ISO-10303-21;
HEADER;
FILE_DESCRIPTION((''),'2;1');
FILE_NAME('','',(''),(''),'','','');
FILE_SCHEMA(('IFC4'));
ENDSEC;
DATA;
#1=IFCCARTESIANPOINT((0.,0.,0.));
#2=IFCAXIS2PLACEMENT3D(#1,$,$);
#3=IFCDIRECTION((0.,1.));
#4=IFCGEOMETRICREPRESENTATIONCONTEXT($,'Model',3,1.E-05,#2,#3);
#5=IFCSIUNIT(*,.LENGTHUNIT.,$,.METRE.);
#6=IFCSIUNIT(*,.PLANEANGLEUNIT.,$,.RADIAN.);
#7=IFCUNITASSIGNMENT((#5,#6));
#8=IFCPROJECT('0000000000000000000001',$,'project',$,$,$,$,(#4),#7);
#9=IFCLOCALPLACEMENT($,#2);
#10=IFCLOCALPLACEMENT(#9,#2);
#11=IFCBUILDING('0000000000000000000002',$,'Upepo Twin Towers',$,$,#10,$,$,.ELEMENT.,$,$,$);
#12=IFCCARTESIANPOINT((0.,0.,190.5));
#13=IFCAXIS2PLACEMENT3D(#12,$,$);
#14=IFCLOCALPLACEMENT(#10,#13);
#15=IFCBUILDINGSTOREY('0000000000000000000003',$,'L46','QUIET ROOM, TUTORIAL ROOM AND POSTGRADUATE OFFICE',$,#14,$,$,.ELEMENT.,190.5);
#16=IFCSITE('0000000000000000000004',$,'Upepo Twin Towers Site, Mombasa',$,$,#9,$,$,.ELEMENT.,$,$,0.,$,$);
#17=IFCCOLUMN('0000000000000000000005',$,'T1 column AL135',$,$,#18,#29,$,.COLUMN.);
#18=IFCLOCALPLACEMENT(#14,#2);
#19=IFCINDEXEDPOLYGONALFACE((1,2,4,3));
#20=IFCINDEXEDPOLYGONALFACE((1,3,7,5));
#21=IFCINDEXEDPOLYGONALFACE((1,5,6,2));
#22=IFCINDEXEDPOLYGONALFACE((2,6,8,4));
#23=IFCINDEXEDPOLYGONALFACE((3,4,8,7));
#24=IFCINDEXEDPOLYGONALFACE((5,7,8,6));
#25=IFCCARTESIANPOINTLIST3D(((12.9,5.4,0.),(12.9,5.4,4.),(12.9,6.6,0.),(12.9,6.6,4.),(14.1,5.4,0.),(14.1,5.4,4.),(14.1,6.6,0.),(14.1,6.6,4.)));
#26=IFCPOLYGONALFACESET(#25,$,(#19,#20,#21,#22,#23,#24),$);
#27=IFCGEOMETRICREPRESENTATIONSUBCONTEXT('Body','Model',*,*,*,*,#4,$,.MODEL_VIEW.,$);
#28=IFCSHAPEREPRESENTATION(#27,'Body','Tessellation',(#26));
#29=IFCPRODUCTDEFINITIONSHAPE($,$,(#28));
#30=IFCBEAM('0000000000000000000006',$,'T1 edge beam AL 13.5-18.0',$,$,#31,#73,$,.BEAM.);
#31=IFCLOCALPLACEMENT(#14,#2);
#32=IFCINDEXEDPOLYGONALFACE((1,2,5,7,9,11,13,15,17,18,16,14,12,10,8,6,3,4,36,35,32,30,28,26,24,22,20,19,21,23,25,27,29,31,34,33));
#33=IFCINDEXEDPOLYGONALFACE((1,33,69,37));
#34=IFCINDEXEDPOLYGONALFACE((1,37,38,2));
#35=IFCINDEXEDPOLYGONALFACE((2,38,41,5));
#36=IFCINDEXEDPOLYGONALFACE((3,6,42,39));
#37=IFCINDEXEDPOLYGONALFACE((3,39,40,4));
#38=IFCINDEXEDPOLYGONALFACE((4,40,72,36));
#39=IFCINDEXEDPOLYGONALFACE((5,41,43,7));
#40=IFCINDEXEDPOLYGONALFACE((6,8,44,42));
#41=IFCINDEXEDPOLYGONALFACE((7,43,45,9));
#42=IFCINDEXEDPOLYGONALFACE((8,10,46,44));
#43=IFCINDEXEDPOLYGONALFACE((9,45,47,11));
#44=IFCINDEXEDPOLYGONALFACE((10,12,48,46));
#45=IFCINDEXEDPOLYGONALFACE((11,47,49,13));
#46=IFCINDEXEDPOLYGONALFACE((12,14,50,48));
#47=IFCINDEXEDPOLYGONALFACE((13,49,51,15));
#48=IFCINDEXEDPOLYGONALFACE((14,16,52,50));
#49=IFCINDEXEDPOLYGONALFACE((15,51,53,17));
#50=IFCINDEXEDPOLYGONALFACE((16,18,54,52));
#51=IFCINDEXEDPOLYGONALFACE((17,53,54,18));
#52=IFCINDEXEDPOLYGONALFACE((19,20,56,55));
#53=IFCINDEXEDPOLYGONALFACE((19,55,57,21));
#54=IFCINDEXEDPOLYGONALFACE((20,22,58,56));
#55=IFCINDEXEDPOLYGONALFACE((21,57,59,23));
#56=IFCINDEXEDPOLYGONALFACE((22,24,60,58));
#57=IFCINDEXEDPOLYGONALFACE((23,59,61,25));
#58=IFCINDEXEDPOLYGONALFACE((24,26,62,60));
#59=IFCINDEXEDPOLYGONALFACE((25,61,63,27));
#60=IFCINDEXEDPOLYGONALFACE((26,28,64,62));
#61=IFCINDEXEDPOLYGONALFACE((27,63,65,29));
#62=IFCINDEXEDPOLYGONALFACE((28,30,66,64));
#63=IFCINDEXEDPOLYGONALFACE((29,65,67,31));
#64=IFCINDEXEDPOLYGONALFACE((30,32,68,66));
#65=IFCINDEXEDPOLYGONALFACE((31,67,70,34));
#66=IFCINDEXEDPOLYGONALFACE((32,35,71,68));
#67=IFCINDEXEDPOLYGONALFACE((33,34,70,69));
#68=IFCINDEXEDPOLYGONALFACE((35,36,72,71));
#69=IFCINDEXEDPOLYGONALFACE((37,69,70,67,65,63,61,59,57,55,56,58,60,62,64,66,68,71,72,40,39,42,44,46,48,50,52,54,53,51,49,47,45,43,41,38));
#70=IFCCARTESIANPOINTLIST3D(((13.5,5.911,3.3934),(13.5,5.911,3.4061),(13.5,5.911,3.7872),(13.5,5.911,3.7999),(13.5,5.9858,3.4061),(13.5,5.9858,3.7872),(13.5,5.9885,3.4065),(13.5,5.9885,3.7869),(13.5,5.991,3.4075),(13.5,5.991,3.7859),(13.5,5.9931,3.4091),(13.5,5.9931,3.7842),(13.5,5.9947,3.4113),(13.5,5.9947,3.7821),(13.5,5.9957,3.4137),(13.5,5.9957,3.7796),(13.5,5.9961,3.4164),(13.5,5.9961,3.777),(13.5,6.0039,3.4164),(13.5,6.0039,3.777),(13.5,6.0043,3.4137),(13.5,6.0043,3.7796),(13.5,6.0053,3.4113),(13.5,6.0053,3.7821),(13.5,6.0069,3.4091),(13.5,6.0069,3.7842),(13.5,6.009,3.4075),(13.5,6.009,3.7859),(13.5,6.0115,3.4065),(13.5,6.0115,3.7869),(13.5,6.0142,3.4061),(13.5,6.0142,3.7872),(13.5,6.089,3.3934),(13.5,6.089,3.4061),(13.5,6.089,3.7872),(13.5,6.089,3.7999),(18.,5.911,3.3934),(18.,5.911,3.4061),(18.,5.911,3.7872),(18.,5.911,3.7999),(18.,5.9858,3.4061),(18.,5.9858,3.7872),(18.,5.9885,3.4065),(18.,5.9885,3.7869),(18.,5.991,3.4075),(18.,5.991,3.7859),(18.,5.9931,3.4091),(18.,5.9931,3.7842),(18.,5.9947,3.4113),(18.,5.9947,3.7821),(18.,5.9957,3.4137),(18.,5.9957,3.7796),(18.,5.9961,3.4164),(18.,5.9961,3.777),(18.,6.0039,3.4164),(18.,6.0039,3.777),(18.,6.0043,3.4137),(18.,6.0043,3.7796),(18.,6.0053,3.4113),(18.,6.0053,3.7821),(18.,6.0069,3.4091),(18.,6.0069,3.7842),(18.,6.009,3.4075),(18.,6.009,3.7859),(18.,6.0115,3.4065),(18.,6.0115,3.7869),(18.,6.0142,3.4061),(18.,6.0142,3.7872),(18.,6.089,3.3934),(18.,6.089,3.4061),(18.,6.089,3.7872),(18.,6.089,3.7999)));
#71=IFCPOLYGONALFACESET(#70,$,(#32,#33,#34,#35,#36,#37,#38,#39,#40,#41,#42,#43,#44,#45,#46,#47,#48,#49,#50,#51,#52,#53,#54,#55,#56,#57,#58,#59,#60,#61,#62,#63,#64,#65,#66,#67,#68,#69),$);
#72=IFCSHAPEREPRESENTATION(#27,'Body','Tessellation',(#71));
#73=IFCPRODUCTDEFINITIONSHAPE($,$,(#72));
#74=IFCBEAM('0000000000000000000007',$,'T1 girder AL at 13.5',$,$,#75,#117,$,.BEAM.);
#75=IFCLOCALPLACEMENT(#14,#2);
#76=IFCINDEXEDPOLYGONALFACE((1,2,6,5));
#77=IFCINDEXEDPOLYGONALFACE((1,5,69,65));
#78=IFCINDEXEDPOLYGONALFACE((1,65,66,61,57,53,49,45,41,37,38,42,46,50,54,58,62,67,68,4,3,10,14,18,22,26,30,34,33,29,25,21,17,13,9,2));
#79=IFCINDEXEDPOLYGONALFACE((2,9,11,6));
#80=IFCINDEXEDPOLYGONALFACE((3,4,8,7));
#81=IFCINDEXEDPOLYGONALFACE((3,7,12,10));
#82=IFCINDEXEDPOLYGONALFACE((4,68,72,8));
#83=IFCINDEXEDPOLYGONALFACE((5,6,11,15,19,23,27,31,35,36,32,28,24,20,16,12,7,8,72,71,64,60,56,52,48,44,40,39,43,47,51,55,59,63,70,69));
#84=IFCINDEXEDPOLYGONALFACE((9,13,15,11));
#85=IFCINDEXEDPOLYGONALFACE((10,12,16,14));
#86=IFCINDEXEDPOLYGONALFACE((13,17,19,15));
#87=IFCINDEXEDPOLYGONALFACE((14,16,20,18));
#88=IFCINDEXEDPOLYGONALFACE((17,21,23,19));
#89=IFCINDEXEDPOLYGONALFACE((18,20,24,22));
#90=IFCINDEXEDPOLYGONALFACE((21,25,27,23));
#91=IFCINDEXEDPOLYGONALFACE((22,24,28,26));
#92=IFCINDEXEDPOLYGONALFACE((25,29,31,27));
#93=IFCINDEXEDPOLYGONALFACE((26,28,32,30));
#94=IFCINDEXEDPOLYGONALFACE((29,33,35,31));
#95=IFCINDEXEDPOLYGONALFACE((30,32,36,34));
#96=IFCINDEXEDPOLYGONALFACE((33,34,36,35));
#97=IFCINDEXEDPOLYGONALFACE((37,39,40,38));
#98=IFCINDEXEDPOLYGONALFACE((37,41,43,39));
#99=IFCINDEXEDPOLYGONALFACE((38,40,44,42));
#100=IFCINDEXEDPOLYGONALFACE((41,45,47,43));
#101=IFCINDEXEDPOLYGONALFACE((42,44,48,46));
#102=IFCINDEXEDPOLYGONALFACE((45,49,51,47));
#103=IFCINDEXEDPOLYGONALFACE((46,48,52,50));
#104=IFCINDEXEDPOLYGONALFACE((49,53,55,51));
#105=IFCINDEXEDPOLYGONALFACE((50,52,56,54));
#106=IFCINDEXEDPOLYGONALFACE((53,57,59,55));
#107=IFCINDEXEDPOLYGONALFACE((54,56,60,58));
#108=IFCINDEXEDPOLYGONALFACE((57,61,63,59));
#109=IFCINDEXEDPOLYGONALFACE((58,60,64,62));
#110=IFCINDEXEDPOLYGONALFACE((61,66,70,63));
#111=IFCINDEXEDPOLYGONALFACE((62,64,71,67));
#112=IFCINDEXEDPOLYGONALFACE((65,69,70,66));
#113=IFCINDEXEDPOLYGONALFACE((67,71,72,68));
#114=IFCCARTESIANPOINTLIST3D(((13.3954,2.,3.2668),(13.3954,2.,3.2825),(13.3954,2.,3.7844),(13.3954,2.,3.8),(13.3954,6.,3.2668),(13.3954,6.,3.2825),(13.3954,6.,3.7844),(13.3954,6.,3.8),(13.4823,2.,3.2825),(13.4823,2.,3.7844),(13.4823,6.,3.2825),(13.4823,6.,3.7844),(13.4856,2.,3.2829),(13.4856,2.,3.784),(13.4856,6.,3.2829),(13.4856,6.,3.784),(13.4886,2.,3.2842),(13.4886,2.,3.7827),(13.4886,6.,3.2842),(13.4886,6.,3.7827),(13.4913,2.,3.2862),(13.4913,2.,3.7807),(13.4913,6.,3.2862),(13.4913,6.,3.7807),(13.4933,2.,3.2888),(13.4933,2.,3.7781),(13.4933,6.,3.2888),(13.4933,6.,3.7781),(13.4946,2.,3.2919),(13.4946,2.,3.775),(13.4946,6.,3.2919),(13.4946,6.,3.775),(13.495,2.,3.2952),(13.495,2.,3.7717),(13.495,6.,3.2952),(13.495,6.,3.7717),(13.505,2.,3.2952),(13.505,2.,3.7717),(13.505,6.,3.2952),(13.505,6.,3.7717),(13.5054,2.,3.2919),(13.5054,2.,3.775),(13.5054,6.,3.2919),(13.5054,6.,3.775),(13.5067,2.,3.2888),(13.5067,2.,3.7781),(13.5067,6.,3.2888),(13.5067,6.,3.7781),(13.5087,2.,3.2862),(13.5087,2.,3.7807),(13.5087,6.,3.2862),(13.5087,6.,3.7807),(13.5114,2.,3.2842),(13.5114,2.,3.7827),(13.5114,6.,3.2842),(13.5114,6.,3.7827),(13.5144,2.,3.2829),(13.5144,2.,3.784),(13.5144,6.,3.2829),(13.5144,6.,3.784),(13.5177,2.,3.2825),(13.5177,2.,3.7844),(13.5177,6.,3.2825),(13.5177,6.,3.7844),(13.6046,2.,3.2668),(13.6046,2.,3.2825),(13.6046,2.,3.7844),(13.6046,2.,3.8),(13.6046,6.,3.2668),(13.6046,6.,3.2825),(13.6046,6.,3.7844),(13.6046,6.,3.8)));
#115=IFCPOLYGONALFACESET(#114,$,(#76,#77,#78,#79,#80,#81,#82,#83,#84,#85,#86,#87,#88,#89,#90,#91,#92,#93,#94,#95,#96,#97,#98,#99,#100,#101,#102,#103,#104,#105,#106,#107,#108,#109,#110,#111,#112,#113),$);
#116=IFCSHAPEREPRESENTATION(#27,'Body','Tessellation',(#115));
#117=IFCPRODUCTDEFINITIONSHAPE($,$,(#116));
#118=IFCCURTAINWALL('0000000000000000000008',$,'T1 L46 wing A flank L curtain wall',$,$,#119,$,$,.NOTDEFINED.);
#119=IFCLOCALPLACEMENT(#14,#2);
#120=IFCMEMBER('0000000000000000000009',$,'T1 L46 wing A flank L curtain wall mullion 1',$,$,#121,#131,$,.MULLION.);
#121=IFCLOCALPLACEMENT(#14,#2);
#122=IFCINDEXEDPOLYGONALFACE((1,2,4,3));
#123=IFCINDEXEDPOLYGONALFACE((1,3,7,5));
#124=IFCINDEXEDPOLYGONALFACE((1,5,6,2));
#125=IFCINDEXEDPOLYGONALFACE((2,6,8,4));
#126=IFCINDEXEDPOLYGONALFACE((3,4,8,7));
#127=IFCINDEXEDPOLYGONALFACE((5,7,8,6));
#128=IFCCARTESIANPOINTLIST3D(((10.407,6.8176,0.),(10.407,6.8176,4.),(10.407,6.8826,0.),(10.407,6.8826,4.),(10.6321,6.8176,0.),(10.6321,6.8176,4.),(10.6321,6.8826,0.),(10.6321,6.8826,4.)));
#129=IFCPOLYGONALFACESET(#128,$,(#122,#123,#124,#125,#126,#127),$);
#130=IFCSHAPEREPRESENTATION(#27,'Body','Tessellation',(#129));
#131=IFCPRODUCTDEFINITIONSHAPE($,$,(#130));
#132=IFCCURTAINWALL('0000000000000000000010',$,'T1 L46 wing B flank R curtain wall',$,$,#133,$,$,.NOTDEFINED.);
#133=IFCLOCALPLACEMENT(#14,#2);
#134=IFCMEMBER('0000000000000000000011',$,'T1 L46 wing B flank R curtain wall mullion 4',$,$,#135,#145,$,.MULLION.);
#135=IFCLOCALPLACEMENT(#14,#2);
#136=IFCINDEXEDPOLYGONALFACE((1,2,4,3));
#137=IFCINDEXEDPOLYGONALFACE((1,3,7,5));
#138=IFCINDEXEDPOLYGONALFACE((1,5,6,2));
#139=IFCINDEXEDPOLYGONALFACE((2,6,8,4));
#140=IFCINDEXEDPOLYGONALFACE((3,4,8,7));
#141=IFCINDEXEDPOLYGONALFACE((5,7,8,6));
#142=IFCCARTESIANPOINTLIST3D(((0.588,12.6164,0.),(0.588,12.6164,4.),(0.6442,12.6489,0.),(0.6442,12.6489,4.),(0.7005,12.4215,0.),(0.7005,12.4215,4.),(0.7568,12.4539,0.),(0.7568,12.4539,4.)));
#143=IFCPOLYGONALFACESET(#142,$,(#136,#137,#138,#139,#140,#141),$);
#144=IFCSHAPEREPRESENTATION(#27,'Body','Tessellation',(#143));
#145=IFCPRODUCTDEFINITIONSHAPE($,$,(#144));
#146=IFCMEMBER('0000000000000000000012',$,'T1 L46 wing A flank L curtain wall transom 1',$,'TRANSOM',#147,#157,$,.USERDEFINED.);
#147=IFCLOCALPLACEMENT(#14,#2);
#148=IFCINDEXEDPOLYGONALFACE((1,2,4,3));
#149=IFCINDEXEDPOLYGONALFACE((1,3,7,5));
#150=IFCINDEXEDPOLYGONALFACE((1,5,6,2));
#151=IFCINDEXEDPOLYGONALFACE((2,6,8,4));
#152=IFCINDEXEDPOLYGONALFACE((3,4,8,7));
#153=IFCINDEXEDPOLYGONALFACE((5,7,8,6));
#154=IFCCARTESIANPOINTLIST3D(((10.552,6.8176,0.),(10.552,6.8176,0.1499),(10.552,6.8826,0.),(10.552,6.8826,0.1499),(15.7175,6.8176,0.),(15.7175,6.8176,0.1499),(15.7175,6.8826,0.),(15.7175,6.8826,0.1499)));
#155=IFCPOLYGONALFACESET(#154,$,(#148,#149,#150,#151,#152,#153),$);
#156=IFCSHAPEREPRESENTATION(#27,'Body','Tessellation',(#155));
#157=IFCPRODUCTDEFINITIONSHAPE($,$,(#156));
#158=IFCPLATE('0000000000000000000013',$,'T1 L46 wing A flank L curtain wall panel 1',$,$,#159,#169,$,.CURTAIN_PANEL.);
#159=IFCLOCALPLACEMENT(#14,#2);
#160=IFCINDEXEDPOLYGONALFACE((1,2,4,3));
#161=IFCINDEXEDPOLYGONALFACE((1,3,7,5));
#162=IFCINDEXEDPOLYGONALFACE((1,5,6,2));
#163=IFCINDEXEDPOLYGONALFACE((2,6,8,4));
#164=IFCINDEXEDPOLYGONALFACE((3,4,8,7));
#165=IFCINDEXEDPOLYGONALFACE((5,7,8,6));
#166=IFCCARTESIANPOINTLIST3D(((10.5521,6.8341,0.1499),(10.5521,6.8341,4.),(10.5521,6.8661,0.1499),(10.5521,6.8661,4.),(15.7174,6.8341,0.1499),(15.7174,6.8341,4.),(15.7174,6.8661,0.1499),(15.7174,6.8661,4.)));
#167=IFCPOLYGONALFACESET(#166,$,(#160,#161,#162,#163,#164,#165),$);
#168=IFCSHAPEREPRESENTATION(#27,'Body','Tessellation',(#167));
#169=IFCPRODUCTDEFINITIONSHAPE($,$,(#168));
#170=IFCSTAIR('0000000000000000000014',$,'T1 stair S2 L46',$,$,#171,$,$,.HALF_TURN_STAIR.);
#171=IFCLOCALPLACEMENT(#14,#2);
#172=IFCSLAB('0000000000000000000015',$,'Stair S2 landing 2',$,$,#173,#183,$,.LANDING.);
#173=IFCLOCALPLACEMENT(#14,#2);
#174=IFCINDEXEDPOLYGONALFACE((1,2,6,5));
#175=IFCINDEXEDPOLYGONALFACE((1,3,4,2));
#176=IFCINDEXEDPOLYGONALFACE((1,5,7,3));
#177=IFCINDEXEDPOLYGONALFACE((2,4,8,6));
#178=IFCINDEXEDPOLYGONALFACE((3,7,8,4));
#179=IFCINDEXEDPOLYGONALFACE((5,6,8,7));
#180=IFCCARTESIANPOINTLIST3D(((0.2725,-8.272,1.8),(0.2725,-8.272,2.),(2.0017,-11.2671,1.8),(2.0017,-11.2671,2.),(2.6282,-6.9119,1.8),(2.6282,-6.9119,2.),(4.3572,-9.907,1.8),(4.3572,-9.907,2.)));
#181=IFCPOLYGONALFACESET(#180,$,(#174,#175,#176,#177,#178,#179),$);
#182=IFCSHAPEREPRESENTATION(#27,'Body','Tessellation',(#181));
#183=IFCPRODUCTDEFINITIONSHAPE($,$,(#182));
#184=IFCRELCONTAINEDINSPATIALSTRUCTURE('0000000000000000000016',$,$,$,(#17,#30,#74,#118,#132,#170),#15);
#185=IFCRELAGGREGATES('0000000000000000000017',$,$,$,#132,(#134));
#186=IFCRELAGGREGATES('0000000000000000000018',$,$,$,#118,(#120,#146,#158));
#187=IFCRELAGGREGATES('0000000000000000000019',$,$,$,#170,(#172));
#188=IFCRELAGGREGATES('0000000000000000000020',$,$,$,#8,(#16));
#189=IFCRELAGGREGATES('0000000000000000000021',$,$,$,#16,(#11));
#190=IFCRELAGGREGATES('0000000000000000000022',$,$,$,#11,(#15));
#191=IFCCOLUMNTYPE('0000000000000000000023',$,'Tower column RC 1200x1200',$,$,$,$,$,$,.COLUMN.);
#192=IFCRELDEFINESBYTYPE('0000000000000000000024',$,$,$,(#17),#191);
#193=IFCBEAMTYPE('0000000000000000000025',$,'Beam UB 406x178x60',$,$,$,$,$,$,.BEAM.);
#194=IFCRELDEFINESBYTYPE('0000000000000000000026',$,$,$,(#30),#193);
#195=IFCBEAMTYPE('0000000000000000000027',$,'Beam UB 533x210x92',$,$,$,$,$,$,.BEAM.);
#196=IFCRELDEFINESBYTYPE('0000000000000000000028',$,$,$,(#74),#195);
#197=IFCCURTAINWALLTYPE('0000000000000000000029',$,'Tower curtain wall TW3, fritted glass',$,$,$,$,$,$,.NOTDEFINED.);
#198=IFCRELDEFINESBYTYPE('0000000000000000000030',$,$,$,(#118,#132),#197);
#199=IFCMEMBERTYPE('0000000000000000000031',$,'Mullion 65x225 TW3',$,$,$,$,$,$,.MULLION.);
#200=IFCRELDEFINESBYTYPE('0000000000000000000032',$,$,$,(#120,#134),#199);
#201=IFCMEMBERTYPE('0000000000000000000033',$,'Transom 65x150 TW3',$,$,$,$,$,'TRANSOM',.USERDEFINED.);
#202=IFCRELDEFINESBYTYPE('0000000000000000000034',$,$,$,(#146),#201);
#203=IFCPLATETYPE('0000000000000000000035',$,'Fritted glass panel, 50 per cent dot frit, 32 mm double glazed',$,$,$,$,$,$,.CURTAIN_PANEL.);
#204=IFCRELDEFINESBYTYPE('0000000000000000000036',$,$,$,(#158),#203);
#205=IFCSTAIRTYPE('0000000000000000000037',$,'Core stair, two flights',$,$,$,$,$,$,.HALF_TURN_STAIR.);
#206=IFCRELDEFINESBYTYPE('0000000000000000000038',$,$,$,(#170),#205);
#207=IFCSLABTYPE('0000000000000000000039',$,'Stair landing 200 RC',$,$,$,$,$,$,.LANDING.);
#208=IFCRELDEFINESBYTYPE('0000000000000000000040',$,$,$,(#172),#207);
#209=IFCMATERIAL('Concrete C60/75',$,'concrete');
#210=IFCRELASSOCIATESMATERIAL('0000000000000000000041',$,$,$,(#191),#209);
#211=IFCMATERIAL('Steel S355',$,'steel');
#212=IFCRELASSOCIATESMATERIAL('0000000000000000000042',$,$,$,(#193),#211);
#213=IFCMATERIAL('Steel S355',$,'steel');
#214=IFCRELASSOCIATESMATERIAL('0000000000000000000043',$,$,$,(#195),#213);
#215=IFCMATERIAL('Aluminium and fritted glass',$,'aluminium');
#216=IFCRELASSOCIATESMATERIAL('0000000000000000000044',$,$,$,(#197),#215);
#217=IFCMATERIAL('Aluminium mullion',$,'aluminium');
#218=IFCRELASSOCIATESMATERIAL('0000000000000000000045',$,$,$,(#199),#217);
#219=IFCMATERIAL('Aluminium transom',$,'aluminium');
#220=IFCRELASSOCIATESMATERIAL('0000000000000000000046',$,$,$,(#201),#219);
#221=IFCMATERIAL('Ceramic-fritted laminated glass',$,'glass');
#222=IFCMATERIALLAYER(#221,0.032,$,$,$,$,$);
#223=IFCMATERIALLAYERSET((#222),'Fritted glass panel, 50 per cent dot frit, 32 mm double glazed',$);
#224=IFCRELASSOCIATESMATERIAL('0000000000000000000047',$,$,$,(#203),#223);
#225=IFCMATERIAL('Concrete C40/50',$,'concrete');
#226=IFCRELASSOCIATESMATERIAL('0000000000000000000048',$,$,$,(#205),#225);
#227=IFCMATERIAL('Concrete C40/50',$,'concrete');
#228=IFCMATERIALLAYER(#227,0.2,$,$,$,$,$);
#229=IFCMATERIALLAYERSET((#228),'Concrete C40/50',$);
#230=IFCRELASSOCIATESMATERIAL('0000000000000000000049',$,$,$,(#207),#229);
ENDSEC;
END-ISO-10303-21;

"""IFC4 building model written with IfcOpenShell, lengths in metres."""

from ifc_helpers import new_model, si_unit, direction, frame, origin, origin_2d, place, context, subcontext, project, spatial, polyline, rectangle, i_section, outline, extrude, material, layer, layer_set, material_profile, profile_set, type_object, element, aggregate, save


model = new_model("IFC4")

# Units and contexts
model_context = context("Model", 3, precision=1e-05, world=origin(), true_north=direction((0.0, 1.0)))
body_context = subcontext(model_context, "Body", "Model", "MODEL_VIEW")
ifc_project = project(units=[si_unit("LENGTHUNIT", "METRE"), si_unit("PLANEANGLEUNIT", "RADIAN")], contexts=[model_context])

# Site, building, storey
site_placement = place(None, origin())
site = spatial("IfcSite", under=ifc_project, at=site_placement, Name="Upepo Twin Towers Site, Mombasa", CompositionType="ELEMENT", RefElevation=0.0)
building_placement = place(site_placement, origin())
building = spatial("IfcBuilding", under=site, at=building_placement, Name="Upepo Twin Towers", CompositionType="ELEMENT")
storey_placement = place(building_placement, frame((0.0, 0.0, 190.5)))
storey = spatial("IfcBuildingStorey", under=building, at=storey_placement, Name="L46", Description="QUIET ROOM, TUTORIAL ROOM AND POSTGRADUATE OFFICE", CompositionType="ELEMENT", Elevation=190.5)

# Column
ifc_material_1 = material(Name="Concrete C60/75", Category="concrete")
ifc_material_profile_1 = material_profile(ifc_material_1, rectangle(XDim=1.2, YDim=1.2, at=origin_2d()), Name="RC 1200x1200")
ifc_profile_set_1 = profile_set([ifc_material_profile_1], Name="Concrete C60/75")
column_type = type_object("IfcColumnType", Name="Tower column RC 1200x1200", PredefinedType="COLUMN", material=ifc_profile_set_1)
column_placement = place(storey_placement, frame((13.5, 6.0, 0.0), z_axis=(0.0, 0.0, 1.0), x_axis=(1.0, 0.0, 0.0)))
element("IfcColumn", 1, at=column_placement, inside=storey, type_object=column_type, Name="T1 column AL135", PredefinedType="COLUMN", context=body_context, shape_type="SweptSolid", body=[
    extrude(rectangle(XDim=1.2, YDim=1.2, at=origin_2d()), origin(), (0.0, 0.0, 1.0), 4.0),
])

# Beams
ifc_material_2 = material(Name="Steel S355", Category="steel")
ifc_material_profile_2 = material_profile(ifc_material_2, i_section(OverallWidth=0.178, OverallDepth=0.4065, WebThickness=0.0078, FlangeThickness=0.0127, FilletRadius=0.0103, at=origin_2d()), Name="UB 406x178x60")
ifc_profile_set_2 = profile_set([ifc_material_profile_2], Name="Steel S355")
beam_type_1 = type_object("IfcBeamType", Name="Beam UB 406x178x60", PredefinedType="BEAM", material=ifc_profile_set_2)
beam_1_placement = place(storey_placement, frame((13.5, 6.0, 3.5967), z_axis=(1.0, 0.0, 0.0), x_axis=(0.0, 1.0, 0.0)))
element("IfcBeam", 2, at=beam_1_placement, inside=storey, type_object=beam_type_1, Name="T1 edge beam AL 13.5-18.0", PredefinedType="BEAM", context=body_context, shape_type="SweptSolid", body=[
    extrude(i_section(OverallWidth=0.178, OverallDepth=0.4065, WebThickness=0.0078, FlangeThickness=0.0127, FilletRadius=0.0103, at=origin_2d()), origin(), (0.0, 0.0, 1.0), 4.5),
])
ifc_material_3 = material(Name="Steel S355", Category="steel")
ifc_material_profile_3 = material_profile(ifc_material_3, i_section(OverallWidth=0.2092, OverallDepth=0.5332, WebThickness=0.01, FlangeThickness=0.0156, FilletRadius=0.0127, at=origin_2d()), Name="UB 533x210x92")
ifc_profile_set_3 = profile_set([ifc_material_profile_3], Name="Steel S355")
beam_type_2 = type_object("IfcBeamType", Name="Beam UB 533x210x92", PredefinedType="BEAM", material=ifc_profile_set_3)
beam_2_placement = place(storey_placement, frame((13.5, 6.0, 3.5334), z_axis=(0.0, -1.0, 0.0), x_axis=(1.0, 0.0, 0.0)))
element("IfcBeam", 3, at=beam_2_placement, inside=storey, type_object=beam_type_2, Name="T1 girder AL at 13.5", PredefinedType="BEAM", context=body_context, shape_type="SweptSolid", body=[
    extrude(i_section(OverallWidth=0.2092, OverallDepth=0.5332, WebThickness=0.01, FlangeThickness=0.0156, FilletRadius=0.0127, at=origin_2d()), origin(), (0.0, 0.0, 1.0), 4.0),
])

# Curtain walls, members
ifc_material_4 = material(Name="Aluminium and fritted glass", Category="aluminium")
curtain_wall_type = type_object("IfcCurtainWallType", Name="Tower curtain wall TW3, fritted glass", PredefinedType="NOTDEFINED", material=ifc_material_4)
curtain_wall_1_placement = place(storey_placement, origin())
curtain_wall_1 = element("IfcCurtainWall", 4, at=curtain_wall_1_placement, inside=storey, type_object=curtain_wall_type, Name="T1 L46 wing A flank L curtain wall", PredefinedType="NOTDEFINED")
ifc_material_5 = material(Name="Aluminium mullion", Category="aluminium")
ifc_material_profile_4 = material_profile(ifc_material_5, rectangle(XDim=0.0649, YDim=0.2251, at=origin_2d()), Name="MULLION 65x225")
ifc_profile_set_4 = profile_set([ifc_material_profile_4], Name="Aluminium mullion")
member_type_1 = type_object("IfcMemberType", Name="Mullion 65x225 TW3", PredefinedType="MULLION", material=ifc_profile_set_4)
member_1_placement = place(storey_placement, frame((10.5195, 6.8501, 0.0), z_axis=(0.0, 0.0, 1.0), x_axis=(0.0, 1.0, 0.0)))
member_1 = element("IfcMember", 5, at=member_1_placement, type_object=member_type_1, Name="T1 L46 wing A flank L curtain wall mullion 1", PredefinedType="MULLION", context=body_context, shape_type="SweptSolid", body=[
    extrude(rectangle(XDim=0.0649, YDim=0.2251, at=origin_2d()), origin(), (0.0, 0.0, 1.0), 4.0),
])
curtain_wall_2_placement = place(storey_placement, origin())
curtain_wall_2 = element("IfcCurtainWall", 6, at=curtain_wall_2_placement, inside=storey, type_object=curtain_wall_type, Name="T1 L46 wing B flank R curtain wall", PredefinedType="NOTDEFINED")
member_2_placement = place(storey_placement, frame((0.6724, 12.5352, 0.0), z_axis=(0.0, 0.0, 1.0), x_axis=(0.866025, 0.5, 0.0)))
member_2 = element("IfcMember", 7, at=member_2_placement, type_object=member_type_1, Name="T1 L46 wing B flank R curtain wall mullion 4", PredefinedType="MULLION", context=body_context, shape_type="SweptSolid", body=[
    extrude(rectangle(XDim=0.0649, YDim=0.2251, at=origin_2d()), origin(), (0.0, 0.0, 1.0), 4.0),
])
aggregate(curtain_wall_2, [member_2])

# Member
ifc_material_6 = material(Name="Aluminium transom", Category="aluminium")
ifc_material_profile_5 = material_profile(ifc_material_6, rectangle(XDim=0.0649, YDim=0.1499, at=origin_2d()), Name="TRANSOM 65x150")
ifc_profile_set_5 = profile_set([ifc_material_profile_5], Name="Aluminium transom")
member_type_2 = type_object("IfcMemberType", Name="Transom 65x150 TW3", ElementType="TRANSOM", PredefinedType="USERDEFINED", material=ifc_profile_set_5)
member_3_placement = place(storey_placement, frame((10.552, 6.8501, 0.075), z_axis=(1.0, 0.0, 0.0), x_axis=(0.0, 1.0, 0.0)))
member_3 = element("IfcMember", 8, at=member_3_placement, type_object=member_type_2, Name="T1 L46 wing A flank L curtain wall transom 1", ObjectType="TRANSOM", PredefinedType="USERDEFINED", context=body_context, shape_type="SweptSolid", body=[
    extrude(rectangle(XDim=0.0649, YDim=0.1499, at=origin_2d()), origin(), (0.0, 0.0, 1.0), 5.1655),
])

# Plate
ifc_material_7 = material(Name="Ceramic-fritted laminated glass", Category="glass")
ifc_layer_1 = layer(ifc_material_7, 0.032)
ifc_layer_set_1 = layer_set([ifc_layer_1], Name="Fritted glass panel, 50 per cent dot frit, 32 mm double glazed")
plate_type = type_object("IfcPlateType", Name="Fritted glass panel, 50 per cent dot frit, 32 mm double glazed", PredefinedType="CURTAIN_PANEL", material=ifc_layer_set_1)
plate_placement = place(storey_placement, frame((13.1348, 6.8501, 0.1499), z_axis=(0.0, 0.0, 1.0), x_axis=(1.0, 0.0, 0.0)))
plate = element("IfcPlate", 9, at=plate_placement, type_object=plate_type, Name="T1 L46 wing A flank L curtain wall panel 1", PredefinedType="CURTAIN_PANEL", context=body_context, shape_type="SweptSolid", body=[
    extrude(rectangle(XDim=5.1653, YDim=0.032, at=origin_2d()), origin(), (0.0, 0.0, 1.0), 3.8501),
])
aggregate(curtain_wall_1, [member_1, member_3, plate])

# Stair, slab
ifc_material_8 = material(Name="Concrete C40/50", Category="concrete")
stair_type = type_object("IfcStairType", Name="Core stair, two flights", PredefinedType="HALF_TURN_STAIR", material=ifc_material_8)
stair_1_placement = place(storey_placement, origin())
stair_1 = element("IfcStair", 10, at=stair_1_placement, inside=storey, type_object=stair_type, Name="T1 stair S2 L46", PredefinedType="HALF_TURN_STAIR")
ifc_material_9 = material(Name="Concrete C40/50", Category="concrete")
ifc_layer_2 = layer(ifc_material_9, 0.2)
ifc_layer_set_2 = layer_set([ifc_layer_2], Name="Concrete C40/50")
slab_type = type_object("IfcSlabType", Name="Stair landing 200 RC", PredefinedType="LANDING", material=ifc_layer_set_2)
slab_1_placement = place(storey_placement, frame((0.0, 0.0, 1.8)))
slab_1 = element("IfcSlab", 11, at=slab_1_placement, type_object=slab_type, Name="Stair S2 landing 2", PredefinedType="LANDING", context=body_context, shape_type="SweptSolid", body=[
    extrude(outline(polyline([(0.2725, -8.272), (2.0017, -11.2671), (4.3572, -9.907), (2.6282, -6.9119), (0.2725, -8.272)])), origin(), (0.0, 0.0, 1.0), 0.2),
])
aggregate(stair_1, [slab_1])

save(model, "model.ifc")
